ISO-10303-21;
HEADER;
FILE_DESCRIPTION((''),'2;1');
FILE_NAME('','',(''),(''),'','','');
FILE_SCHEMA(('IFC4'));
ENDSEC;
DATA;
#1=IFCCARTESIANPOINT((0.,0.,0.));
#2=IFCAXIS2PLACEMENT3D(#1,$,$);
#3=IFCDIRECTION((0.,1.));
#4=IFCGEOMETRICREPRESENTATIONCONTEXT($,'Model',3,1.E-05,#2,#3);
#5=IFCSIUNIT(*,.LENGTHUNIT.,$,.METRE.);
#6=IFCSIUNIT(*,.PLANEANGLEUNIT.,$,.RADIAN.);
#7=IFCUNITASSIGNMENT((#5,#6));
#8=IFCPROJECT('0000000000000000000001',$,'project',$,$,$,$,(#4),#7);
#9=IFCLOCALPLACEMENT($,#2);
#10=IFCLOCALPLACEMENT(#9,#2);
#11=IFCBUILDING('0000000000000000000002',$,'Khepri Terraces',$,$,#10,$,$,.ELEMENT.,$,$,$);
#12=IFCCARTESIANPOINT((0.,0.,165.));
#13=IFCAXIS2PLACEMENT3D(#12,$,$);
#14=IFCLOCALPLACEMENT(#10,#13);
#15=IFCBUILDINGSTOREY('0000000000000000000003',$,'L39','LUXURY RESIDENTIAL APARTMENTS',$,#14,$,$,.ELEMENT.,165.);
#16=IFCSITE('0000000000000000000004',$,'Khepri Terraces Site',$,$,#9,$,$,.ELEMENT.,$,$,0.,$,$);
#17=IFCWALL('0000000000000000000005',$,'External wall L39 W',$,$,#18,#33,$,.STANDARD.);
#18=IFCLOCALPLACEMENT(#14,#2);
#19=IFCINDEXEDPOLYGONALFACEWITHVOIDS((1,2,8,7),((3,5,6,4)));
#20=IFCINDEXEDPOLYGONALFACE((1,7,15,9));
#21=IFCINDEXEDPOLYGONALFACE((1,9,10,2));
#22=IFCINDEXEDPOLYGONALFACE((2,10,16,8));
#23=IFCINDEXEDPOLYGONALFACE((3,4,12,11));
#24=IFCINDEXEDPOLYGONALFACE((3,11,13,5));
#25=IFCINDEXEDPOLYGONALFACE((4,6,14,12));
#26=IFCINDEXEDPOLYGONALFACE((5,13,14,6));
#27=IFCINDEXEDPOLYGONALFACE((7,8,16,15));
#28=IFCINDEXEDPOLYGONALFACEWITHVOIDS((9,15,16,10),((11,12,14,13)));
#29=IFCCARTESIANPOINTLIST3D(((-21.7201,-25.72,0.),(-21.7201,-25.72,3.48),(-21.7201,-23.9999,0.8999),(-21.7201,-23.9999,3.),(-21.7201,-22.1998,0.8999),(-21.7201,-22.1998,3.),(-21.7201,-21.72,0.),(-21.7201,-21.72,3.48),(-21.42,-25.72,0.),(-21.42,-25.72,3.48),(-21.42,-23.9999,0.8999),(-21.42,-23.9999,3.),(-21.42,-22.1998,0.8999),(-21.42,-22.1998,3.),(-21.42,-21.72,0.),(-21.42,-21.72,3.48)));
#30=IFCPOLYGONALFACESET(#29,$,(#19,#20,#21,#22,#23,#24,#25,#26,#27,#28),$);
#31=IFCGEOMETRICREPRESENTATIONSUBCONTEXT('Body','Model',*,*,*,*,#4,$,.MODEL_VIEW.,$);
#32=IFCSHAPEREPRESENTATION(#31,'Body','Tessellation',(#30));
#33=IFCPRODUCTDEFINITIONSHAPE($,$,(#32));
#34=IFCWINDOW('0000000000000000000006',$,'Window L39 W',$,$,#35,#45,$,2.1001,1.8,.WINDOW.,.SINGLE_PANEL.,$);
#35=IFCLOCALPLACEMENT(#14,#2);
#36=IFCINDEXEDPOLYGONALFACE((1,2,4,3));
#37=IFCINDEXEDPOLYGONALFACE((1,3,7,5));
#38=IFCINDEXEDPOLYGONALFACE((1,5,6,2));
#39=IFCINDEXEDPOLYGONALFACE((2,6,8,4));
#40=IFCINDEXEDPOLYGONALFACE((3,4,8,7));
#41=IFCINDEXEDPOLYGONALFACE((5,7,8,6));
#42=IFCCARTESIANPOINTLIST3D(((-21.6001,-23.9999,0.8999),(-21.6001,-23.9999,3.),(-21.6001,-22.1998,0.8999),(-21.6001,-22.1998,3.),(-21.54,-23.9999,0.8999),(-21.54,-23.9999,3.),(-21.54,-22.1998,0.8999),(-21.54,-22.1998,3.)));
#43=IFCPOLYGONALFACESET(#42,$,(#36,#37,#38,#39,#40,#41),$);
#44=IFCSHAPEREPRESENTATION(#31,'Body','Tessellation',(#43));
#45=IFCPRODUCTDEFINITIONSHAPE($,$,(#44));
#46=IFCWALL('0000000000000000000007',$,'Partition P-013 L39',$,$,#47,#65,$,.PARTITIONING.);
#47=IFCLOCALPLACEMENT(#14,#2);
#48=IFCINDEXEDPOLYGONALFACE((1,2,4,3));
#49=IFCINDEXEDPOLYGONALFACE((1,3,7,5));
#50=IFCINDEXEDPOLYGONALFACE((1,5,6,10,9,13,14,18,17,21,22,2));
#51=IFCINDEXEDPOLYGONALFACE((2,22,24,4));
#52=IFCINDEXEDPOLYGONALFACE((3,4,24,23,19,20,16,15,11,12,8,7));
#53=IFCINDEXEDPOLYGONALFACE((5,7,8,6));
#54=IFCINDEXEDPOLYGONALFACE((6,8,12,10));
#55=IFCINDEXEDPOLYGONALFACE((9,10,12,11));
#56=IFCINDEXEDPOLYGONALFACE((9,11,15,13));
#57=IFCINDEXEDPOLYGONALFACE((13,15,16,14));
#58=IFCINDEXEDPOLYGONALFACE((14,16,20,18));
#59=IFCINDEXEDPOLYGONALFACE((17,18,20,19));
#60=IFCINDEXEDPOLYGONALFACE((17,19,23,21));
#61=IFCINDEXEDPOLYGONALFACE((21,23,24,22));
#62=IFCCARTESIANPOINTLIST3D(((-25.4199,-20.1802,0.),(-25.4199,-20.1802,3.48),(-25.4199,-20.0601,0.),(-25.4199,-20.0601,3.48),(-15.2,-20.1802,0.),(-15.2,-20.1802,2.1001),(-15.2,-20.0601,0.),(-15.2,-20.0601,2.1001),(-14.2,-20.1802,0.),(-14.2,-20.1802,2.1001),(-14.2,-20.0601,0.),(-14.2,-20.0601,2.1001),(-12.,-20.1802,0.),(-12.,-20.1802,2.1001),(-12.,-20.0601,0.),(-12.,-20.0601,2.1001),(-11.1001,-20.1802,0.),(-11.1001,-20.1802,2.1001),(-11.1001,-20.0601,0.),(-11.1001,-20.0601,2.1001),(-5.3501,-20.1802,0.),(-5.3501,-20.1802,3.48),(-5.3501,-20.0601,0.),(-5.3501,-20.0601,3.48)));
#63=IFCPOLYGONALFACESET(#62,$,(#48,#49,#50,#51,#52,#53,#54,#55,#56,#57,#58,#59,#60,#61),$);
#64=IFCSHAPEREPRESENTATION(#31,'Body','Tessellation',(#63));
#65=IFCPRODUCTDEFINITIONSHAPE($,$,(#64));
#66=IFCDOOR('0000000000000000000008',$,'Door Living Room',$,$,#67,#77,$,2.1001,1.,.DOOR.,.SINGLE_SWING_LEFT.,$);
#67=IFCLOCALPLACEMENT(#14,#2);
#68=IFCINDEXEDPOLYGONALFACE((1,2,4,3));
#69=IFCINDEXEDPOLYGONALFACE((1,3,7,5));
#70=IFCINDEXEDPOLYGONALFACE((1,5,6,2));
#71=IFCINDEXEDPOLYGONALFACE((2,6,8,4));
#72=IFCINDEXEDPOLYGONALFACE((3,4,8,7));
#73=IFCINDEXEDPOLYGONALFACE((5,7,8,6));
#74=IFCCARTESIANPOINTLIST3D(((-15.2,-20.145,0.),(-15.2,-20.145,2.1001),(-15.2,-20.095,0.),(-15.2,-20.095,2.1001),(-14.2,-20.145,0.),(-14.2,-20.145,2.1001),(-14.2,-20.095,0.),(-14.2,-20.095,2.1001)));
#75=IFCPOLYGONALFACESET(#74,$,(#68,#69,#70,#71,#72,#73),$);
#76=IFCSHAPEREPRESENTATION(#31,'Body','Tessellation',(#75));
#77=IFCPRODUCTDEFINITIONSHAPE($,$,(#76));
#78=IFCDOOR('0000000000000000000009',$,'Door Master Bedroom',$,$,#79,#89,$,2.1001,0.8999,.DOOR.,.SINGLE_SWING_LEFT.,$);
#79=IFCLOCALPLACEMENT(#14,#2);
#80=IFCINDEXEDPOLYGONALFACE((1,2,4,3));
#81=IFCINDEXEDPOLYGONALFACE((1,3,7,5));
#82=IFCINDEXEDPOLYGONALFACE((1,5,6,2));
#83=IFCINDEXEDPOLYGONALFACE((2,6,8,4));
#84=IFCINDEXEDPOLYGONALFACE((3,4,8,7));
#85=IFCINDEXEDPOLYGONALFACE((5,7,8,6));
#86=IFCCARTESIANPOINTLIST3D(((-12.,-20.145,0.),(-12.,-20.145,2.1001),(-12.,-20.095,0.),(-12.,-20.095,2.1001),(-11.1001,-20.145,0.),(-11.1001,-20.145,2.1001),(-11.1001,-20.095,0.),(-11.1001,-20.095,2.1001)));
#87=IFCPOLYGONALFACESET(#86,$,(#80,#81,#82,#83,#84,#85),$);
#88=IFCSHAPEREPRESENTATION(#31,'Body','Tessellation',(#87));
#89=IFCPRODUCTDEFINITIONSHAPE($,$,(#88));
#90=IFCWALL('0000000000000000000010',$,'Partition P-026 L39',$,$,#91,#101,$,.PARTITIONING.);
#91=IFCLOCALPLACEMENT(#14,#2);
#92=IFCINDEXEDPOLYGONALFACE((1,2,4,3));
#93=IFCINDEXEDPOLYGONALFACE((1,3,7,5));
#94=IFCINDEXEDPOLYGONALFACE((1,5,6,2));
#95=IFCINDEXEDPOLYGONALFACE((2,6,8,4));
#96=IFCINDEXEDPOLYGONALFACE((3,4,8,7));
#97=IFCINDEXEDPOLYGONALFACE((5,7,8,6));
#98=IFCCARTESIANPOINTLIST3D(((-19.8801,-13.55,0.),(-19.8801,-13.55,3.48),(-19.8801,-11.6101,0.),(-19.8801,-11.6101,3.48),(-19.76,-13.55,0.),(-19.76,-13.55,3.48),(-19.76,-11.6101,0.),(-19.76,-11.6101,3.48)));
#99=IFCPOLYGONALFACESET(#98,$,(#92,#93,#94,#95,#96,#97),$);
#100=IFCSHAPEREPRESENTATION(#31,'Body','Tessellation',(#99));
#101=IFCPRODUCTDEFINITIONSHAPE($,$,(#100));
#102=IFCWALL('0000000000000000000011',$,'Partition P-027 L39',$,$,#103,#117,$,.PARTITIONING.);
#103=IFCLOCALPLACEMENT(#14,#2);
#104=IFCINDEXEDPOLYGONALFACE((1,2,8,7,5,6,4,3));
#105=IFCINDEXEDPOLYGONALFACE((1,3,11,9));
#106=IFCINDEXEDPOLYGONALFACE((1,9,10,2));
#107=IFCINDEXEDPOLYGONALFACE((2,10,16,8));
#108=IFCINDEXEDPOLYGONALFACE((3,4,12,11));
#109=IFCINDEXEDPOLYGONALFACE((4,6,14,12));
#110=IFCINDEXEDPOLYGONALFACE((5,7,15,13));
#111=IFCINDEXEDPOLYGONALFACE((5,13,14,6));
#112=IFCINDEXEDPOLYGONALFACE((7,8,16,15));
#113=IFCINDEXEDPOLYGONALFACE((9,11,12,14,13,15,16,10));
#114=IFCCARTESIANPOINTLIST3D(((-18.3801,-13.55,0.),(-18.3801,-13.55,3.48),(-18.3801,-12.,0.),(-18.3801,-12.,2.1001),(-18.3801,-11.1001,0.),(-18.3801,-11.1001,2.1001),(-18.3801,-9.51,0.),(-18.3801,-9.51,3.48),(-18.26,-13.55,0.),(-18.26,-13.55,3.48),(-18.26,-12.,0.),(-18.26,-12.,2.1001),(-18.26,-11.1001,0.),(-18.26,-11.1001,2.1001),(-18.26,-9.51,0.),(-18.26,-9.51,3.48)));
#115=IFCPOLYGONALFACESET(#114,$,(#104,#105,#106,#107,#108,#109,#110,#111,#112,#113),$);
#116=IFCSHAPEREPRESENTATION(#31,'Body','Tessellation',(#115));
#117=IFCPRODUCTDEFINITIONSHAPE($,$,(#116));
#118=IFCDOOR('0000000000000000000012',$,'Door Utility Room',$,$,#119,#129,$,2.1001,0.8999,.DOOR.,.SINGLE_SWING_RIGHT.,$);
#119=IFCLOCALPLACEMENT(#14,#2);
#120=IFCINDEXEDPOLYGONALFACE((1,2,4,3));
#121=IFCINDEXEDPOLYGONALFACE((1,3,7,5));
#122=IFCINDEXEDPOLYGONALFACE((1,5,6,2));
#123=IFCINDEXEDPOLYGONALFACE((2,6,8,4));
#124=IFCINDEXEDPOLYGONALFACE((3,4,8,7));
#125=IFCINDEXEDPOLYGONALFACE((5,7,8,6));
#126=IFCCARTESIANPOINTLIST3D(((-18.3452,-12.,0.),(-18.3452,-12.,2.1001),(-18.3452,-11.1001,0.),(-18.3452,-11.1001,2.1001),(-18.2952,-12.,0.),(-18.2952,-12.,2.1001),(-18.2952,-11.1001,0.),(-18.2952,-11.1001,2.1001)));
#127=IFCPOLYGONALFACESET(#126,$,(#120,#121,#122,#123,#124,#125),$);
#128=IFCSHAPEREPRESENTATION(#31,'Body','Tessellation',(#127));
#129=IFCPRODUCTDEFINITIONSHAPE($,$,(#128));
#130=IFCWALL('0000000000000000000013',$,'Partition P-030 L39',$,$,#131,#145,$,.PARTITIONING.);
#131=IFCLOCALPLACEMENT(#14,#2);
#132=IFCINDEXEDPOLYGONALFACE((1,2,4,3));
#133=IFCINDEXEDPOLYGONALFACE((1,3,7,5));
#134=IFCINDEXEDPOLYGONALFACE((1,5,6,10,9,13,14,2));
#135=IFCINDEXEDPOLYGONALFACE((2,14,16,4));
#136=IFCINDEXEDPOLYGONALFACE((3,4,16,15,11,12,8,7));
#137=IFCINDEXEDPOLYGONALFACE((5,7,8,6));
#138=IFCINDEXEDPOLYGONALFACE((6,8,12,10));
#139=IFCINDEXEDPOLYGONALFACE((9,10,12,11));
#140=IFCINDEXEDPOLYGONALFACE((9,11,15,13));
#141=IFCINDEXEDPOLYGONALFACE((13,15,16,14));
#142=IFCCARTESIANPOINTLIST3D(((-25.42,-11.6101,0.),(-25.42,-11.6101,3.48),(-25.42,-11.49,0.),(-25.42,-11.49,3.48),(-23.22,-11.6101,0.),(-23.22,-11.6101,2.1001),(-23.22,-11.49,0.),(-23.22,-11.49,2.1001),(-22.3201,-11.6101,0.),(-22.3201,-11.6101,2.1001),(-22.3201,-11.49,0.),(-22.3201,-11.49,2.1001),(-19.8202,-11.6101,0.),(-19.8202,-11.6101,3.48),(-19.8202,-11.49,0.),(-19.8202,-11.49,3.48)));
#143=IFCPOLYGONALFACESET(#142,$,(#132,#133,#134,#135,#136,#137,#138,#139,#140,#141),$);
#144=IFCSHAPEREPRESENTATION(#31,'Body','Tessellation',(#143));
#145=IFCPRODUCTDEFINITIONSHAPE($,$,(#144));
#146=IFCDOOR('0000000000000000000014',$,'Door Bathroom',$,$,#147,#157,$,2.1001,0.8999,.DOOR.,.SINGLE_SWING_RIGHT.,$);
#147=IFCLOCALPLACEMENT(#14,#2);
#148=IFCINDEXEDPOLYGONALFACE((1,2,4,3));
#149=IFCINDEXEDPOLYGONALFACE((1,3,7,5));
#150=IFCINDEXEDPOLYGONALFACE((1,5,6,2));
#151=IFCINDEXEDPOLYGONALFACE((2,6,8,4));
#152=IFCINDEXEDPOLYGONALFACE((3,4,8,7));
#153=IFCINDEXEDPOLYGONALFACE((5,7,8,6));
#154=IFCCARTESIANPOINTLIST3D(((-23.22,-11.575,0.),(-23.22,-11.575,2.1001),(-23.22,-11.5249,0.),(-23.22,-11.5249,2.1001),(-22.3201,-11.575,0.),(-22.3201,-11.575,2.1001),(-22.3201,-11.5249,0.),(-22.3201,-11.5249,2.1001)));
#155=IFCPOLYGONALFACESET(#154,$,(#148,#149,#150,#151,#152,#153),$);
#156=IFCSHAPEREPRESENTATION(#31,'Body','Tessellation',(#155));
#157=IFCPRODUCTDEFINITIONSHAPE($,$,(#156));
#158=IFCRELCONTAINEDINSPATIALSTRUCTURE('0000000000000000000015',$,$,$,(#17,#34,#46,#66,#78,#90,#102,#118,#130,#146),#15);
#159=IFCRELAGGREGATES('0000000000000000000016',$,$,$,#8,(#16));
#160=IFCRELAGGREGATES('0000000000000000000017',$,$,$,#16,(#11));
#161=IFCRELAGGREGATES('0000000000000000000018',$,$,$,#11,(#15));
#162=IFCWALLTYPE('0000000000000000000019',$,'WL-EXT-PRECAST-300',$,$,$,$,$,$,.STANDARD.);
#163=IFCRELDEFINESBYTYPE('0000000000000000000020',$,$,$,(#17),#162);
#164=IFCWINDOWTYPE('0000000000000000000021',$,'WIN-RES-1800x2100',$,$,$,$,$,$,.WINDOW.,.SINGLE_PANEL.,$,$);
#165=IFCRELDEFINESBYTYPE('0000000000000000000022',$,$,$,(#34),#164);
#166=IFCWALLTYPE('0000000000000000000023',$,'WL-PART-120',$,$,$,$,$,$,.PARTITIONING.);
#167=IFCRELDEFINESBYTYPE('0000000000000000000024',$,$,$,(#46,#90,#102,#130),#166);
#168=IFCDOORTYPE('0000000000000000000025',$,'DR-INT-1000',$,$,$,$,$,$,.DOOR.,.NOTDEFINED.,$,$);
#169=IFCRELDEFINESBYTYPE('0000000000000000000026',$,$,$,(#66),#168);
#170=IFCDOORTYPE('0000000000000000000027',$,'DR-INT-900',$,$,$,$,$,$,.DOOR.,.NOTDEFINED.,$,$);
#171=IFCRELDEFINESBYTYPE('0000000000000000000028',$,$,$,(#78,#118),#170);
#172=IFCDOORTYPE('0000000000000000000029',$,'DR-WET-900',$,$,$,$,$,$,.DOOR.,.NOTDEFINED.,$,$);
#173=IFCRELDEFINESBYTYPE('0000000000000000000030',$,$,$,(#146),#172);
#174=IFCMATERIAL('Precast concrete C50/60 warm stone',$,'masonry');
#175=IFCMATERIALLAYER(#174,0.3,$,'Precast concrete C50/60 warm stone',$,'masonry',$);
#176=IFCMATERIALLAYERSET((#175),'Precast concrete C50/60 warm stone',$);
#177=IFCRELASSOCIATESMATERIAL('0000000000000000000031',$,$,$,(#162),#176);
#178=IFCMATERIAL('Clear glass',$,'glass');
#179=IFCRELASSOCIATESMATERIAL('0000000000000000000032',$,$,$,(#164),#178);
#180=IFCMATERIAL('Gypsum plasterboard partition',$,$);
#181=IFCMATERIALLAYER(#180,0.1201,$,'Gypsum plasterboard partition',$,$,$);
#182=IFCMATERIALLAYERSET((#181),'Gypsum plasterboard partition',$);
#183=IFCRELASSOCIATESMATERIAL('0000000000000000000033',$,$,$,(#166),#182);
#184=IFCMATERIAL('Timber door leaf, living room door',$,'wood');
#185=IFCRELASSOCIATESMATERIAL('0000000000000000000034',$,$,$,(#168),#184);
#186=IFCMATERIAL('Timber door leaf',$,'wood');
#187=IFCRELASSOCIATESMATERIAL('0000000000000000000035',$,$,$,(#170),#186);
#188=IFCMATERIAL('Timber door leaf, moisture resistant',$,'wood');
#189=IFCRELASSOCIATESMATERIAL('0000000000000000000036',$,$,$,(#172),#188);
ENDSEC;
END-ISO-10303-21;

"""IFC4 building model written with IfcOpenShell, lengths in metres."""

from ifc_helpers import new_model, si_unit, direction, frame, frame_2d, origin, place, context, subcontext, project, spatial, rectangle, extrude, material, layer, layer_set, type_object, element, fill, save


model = new_model("IFC4")

# Units and contexts
model_context = context("Model", 3, precision=1e-05, world=origin(), true_north=direction((0.0, 1.0)))
body_context = subcontext(model_context, "Body", "Model", "MODEL_VIEW")
ifc_project = project(units=[si_unit("LENGTHUNIT", "METRE"), si_unit("PLANEANGLEUNIT", "RADIAN")], contexts=[model_context])

# Site, building, storey
site_placement = place(None, origin())
site = spatial("IfcSite", under=ifc_project, at=site_placement, Name="Khepri Terraces Site", CompositionType="ELEMENT", RefElevation=0.0)
building_placement = place(site_placement, origin())
building = spatial("IfcBuilding", under=site, at=building_placement, Name="Khepri Terraces", CompositionType="ELEMENT")
storey_placement = place(building_placement, frame((0.0, 0.0, 165.0)))
storey = spatial("IfcBuildingStorey", under=building, at=storey_placement, Name="L39", Description="LUXURY RESIDENTIAL APARTMENTS", CompositionType="ELEMENT", Elevation=165.0)

# Wall, opening, window
ifc_material_1 = material(Name="Precast concrete C50/60 warm stone", Category="masonry")
ifc_layer_1 = layer(ifc_material_1, 0.3, Name="Precast concrete C50/60 warm stone", Category="masonry")
ifc_layer_set_1 = layer_set([ifc_layer_1], Name="Precast concrete C50/60 warm stone")
wall_type_1 = type_object("IfcWallType", Name="WL-EXT-PRECAST-300", PredefinedType="STANDARD", material=ifc_layer_set_1)
ifc_material_2 = material(Name="Clear glass", Category="glass")
window_type = type_object("IfcWindowType", Name="WIN-RES-1800x2100", PartitioningType="SINGLE_PANEL", PredefinedType="WINDOW", material=ifc_material_2)
wall_1_placement = place(storey_placement, frame((-21.5701, -21.72, 0.0), z_axis=(0.0, 0.0, 1.0), x_axis=(0.0, -1.0, 0.0)))
wall_1 = element("IfcWall", 1, at=wall_1_placement, inside=storey, type_object=wall_type_1, Name="External wall L39 W", PredefinedType="STANDARD", context=body_context, shape_type="SweptSolid", body=[
    extrude(rectangle(XDim=4.0, YDim=0.3, at=frame_2d((2.0, 0.0))), origin(), (0.0, 0.0, 1.0), 3.48),
])
opening_1_placement = place(wall_1_placement, frame((0.48, 0.0, 0.8999)))
opening_1 = element("IfcOpeningElement", 2, at=opening_1_placement, cuts=wall_1, PredefinedType="OPENING", context=body_context, shape_type="SweptSolid", body=[
    extrude(rectangle(XDim=1.8, YDim=2.1001, at=frame_2d((0.8999, 1.05))), frame((0.0, 0.1602, 0.0), z_axis=(0.0, -1.0, 0.0), x_axis=(1.0, 0.0, 0.0)), (0.0, 0.0, 1.0), 0.3201),
])
window_1_placement = place(opening_1_placement, origin())
window_1 = element("IfcWindow", 3, at=window_1_placement, inside=storey, type_object=window_type, Name="Window L39 W", OverallHeight=2.1001, OverallWidth=1.8, PartitioningType="SINGLE_PANEL", PredefinedType="WINDOW", context=body_context, shape_type="SweptSolid", body=[
    extrude(rectangle(XDim=1.8, YDim=2.1001, at=frame_2d((0.8999, 1.05))), frame((0.0, 0.03, 0.0), z_axis=(0.0, -1.0, 0.0), x_axis=(1.0, 0.0, 0.0)), (0.0, 0.0, 1.0), 0.0601),
])
fill(opening_1, window_1)

# Wall, openings, doors
ifc_material_3 = material(Name="Gypsum plasterboard partition")
ifc_layer_2 = layer(ifc_material_3, 0.1201, Name="Gypsum plasterboard partition")
ifc_layer_set_2 = layer_set([ifc_layer_2], Name="Gypsum plasterboard partition")
wall_type_2 = type_object("IfcWallType", Name="WL-PART-120", PredefinedType="PARTITIONING", material=ifc_layer_set_2)
wall_2_placement = place(storey_placement, frame((-25.4199, -20.1201, 0.0), z_axis=(0.0, 0.0, 1.0), x_axis=(1.0, 0.0, 0.0)))
wall_2 = element("IfcWall", 4, at=wall_2_placement, inside=storey, type_object=wall_type_2, Name="Partition P-013 L39", PredefinedType="PARTITIONING", context=body_context, shape_type="SweptSolid", body=[
    extrude(rectangle(XDim=20.0698, YDim=0.1201, at=frame_2d((10.0349, 0.0))), origin(), (0.0, 0.0, 1.0), 3.48),
])
opening_2_placement = place(wall_2_placement, frame((10.22, 0.0, 0.0)))
opening_2 = element("IfcOpeningElement", 5, at=opening_2_placement, cuts=wall_2, PredefinedType="OPENING", context=body_context, shape_type="SweptSolid", body=[
    extrude(rectangle(XDim=1.0, YDim=2.1001, at=frame_2d((0.5, 1.05))), frame((0.0, 0.0701, 0.0), z_axis=(0.0, -1.0, 0.0), x_axis=(1.0, 0.0, 0.0)), (0.0, 0.0, 1.0), 0.1401),
])
opening_3_placement = place(wall_2_placement, frame((13.4199, 0.0, 0.0)))
opening_3 = element("IfcOpeningElement", 6, at=opening_3_placement, cuts=wall_2, PredefinedType="OPENING", context=body_context, shape_type="SweptSolid", body=[
    extrude(rectangle(XDim=0.8999, YDim=2.1001, at=frame_2d((0.45, 1.05))), frame((0.0, 0.0701, 0.0), z_axis=(0.0, -1.0, 0.0), x_axis=(1.0, 0.0, 0.0)), (0.0, 0.0, 1.0), 0.1401),
])
ifc_material_4 = material(Name="Timber door leaf, living room door", Category="wood")
door_type_1 = type_object("IfcDoorType", Name="DR-INT-1000", OperationType="NOTDEFINED", PredefinedType="DOOR", material=ifc_material_4)
door_1_placement = place(opening_2_placement, frame((1.0, 0.0, 0.0), z_axis=(0.0, 0.0, 1.0), x_axis=(-1.0, 0.0, 0.0)))
door_1 = element("IfcDoor", 7, at=door_1_placement, inside=storey, type_object=door_type_1, Name="Door Living Room", OperationType="SINGLE_SWING_LEFT", OverallHeight=2.1001, OverallWidth=1.0, PredefinedType="DOOR", context=body_context, shape_type="SweptSolid", body=[
    extrude(rectangle(XDim=1.0, YDim=2.1001, at=frame_2d((0.5, 1.05))), frame((0.0, 0.0249, 0.0), z_axis=(0.0, -1.0, 0.0), x_axis=(1.0, 0.0, 0.0)), (0.0, 0.0, 1.0), 0.05),
])
fill(opening_2, door_1)
ifc_material_5 = material(Name="Timber door leaf", Category="wood")
door_type_2 = type_object("IfcDoorType", Name="DR-INT-900", OperationType="NOTDEFINED", PredefinedType="DOOR", material=ifc_material_5)
door_2_placement = place(opening_3_placement, frame((0.8999, 0.0, 0.0), z_axis=(0.0, 0.0, 1.0), x_axis=(-1.0, 0.0, 0.0)))
door_2 = element("IfcDoor", 8, at=door_2_placement, inside=storey, type_object=door_type_2, Name="Door Master Bedroom", OperationType="SINGLE_SWING_LEFT", OverallHeight=2.1001, OverallWidth=0.8999, PredefinedType="DOOR", context=body_context, shape_type="SweptSolid", body=[
    extrude(rectangle(XDim=0.8999, YDim=2.1001, at=frame_2d((0.45, 1.05))), frame((0.0, 0.0249, 0.0), z_axis=(0.0, -1.0, 0.0), x_axis=(1.0, 0.0, 0.0)), (0.0, 0.0, 1.0), 0.05),
])
fill(opening_3, door_2)

# Wall
wall_3_placement = place(storey_placement, frame((-19.8201, -13.55, 0.0), z_axis=(0.0, 0.0, 1.0), x_axis=(0.0, 1.0, 0.0)))
element("IfcWall", 9, at=wall_3_placement, inside=storey, type_object=wall_type_2, Name="Partition P-026 L39", PredefinedType="PARTITIONING", context=body_context, shape_type="SweptSolid", body=[
    extrude(rectangle(XDim=1.9399, YDim=0.1201, at=frame_2d((0.97, 0.0))), origin(), (0.0, 0.0, 1.0), 3.48),
])

# Walls, openings, doors
wall_4_placement = place(storey_placement, frame((-18.3201, -13.55, 0.0), z_axis=(0.0, 0.0, 1.0), x_axis=(0.0, 1.0, 0.0)))
wall_4 = element("IfcWall", 10, at=wall_4_placement, inside=storey, type_object=wall_type_2, Name="Partition P-027 L39", PredefinedType="PARTITIONING", context=body_context, shape_type="SweptSolid", body=[
    extrude(rectangle(XDim=4.04, YDim=0.1201, at=frame_2d((2.02, 0.0))), origin(), (0.0, 0.0, 1.0), 3.48),
])
opening_4_placement = place(wall_4_placement, frame((1.55, 0.0, 0.0)))
opening_4 = element("IfcOpeningElement", 11, at=opening_4_placement, cuts=wall_4, PredefinedType="OPENING", context=body_context, shape_type="SweptSolid", body=[
    extrude(rectangle(XDim=0.8999, YDim=2.1001, at=frame_2d((0.45, 1.05))), frame((0.0, 0.0701, 0.0), z_axis=(0.0, -1.0, 0.0), x_axis=(1.0, 0.0, 0.0)), (0.0, 0.0, 1.0), 0.1401),
])
door_3_placement = place(opening_4_placement, frame((0.8999, 0.0, 0.0), z_axis=(0.0, 0.0, 1.0), x_axis=(-1.0, 0.0, 0.0)))
door_3 = element("IfcDoor", 12, at=door_3_placement, inside=storey, type_object=door_type_2, Name="Door Utility Room", OperationType="SINGLE_SWING_RIGHT", OverallHeight=2.1001, OverallWidth=0.8999, PredefinedType="DOOR", context=body_context, shape_type="SweptSolid", body=[
    extrude(rectangle(XDim=0.8999, YDim=2.1001, at=frame_2d((0.45, 1.05))), frame((0.0, 0.0249, 0.0), z_axis=(0.0, -1.0, 0.0), x_axis=(1.0, 0.0, 0.0)), (0.0, 0.0, 1.0), 0.05),
])
fill(opening_4, door_3)
wall_5_placement = place(storey_placement, frame((-25.4199, -11.55, 0.0), z_axis=(0.0, 0.0, 1.0), x_axis=(1.0, 0.0, 0.0)))
wall_5 = element("IfcWall", 13, at=wall_5_placement, inside=storey, type_object=wall_type_2, Name="Partition P-030 L39", PredefinedType="PARTITIONING", context=body_context, shape_type="SweptSolid", body=[
    extrude(rectangle(XDim=5.5999, YDim=0.1201, at=frame_2d((2.7998, 0.0))), origin(), (0.0, 0.0, 1.0), 3.48),
])
opening_5_placement = place(wall_5_placement, frame((2.2, 0.0, 0.0)))
opening_5 = element("IfcOpeningElement", 14, at=opening_5_placement, cuts=wall_5, PredefinedType="OPENING", context=body_context, shape_type="SweptSolid", body=[
    extrude(rectangle(XDim=0.8999, YDim=2.1001, at=frame_2d((0.45, 1.05))), frame((0.0, 0.0701, 0.0), z_axis=(0.0, -1.0, 0.0), x_axis=(1.0, 0.0, 0.0)), (0.0, 0.0, 1.0), 0.1401),
])
ifc_material_6 = material(Name="Timber door leaf, moisture resistant", Category="wood")
door_type_3 = type_object("IfcDoorType", Name="DR-WET-900", OperationType="NOTDEFINED", PredefinedType="DOOR", material=ifc_material_6)
door_4_placement = place(opening_5_placement, frame((0.8999, 0.0, 0.0), z_axis=(0.0, 0.0, 1.0), x_axis=(-1.0, 0.0, 0.0)))
door_4 = element("IfcDoor", 15, at=door_4_placement, inside=storey, type_object=door_type_3, Name="Door Bathroom", OperationType="SINGLE_SWING_RIGHT", OverallHeight=2.1001, OverallWidth=0.8999, PredefinedType="DOOR", context=body_context, shape_type="SweptSolid", body=[
    extrude(rectangle(XDim=0.8999, YDim=2.1001, at=frame_2d((0.45, 1.05))), frame((0.0, 0.0249, 0.0), z_axis=(0.0, -1.0, 0.0), x_axis=(1.0, 0.0, 0.0)), (0.0, 0.0, 1.0), 0.05),
])
fill(opening_5, door_4)

save(model, "model.ifc")
